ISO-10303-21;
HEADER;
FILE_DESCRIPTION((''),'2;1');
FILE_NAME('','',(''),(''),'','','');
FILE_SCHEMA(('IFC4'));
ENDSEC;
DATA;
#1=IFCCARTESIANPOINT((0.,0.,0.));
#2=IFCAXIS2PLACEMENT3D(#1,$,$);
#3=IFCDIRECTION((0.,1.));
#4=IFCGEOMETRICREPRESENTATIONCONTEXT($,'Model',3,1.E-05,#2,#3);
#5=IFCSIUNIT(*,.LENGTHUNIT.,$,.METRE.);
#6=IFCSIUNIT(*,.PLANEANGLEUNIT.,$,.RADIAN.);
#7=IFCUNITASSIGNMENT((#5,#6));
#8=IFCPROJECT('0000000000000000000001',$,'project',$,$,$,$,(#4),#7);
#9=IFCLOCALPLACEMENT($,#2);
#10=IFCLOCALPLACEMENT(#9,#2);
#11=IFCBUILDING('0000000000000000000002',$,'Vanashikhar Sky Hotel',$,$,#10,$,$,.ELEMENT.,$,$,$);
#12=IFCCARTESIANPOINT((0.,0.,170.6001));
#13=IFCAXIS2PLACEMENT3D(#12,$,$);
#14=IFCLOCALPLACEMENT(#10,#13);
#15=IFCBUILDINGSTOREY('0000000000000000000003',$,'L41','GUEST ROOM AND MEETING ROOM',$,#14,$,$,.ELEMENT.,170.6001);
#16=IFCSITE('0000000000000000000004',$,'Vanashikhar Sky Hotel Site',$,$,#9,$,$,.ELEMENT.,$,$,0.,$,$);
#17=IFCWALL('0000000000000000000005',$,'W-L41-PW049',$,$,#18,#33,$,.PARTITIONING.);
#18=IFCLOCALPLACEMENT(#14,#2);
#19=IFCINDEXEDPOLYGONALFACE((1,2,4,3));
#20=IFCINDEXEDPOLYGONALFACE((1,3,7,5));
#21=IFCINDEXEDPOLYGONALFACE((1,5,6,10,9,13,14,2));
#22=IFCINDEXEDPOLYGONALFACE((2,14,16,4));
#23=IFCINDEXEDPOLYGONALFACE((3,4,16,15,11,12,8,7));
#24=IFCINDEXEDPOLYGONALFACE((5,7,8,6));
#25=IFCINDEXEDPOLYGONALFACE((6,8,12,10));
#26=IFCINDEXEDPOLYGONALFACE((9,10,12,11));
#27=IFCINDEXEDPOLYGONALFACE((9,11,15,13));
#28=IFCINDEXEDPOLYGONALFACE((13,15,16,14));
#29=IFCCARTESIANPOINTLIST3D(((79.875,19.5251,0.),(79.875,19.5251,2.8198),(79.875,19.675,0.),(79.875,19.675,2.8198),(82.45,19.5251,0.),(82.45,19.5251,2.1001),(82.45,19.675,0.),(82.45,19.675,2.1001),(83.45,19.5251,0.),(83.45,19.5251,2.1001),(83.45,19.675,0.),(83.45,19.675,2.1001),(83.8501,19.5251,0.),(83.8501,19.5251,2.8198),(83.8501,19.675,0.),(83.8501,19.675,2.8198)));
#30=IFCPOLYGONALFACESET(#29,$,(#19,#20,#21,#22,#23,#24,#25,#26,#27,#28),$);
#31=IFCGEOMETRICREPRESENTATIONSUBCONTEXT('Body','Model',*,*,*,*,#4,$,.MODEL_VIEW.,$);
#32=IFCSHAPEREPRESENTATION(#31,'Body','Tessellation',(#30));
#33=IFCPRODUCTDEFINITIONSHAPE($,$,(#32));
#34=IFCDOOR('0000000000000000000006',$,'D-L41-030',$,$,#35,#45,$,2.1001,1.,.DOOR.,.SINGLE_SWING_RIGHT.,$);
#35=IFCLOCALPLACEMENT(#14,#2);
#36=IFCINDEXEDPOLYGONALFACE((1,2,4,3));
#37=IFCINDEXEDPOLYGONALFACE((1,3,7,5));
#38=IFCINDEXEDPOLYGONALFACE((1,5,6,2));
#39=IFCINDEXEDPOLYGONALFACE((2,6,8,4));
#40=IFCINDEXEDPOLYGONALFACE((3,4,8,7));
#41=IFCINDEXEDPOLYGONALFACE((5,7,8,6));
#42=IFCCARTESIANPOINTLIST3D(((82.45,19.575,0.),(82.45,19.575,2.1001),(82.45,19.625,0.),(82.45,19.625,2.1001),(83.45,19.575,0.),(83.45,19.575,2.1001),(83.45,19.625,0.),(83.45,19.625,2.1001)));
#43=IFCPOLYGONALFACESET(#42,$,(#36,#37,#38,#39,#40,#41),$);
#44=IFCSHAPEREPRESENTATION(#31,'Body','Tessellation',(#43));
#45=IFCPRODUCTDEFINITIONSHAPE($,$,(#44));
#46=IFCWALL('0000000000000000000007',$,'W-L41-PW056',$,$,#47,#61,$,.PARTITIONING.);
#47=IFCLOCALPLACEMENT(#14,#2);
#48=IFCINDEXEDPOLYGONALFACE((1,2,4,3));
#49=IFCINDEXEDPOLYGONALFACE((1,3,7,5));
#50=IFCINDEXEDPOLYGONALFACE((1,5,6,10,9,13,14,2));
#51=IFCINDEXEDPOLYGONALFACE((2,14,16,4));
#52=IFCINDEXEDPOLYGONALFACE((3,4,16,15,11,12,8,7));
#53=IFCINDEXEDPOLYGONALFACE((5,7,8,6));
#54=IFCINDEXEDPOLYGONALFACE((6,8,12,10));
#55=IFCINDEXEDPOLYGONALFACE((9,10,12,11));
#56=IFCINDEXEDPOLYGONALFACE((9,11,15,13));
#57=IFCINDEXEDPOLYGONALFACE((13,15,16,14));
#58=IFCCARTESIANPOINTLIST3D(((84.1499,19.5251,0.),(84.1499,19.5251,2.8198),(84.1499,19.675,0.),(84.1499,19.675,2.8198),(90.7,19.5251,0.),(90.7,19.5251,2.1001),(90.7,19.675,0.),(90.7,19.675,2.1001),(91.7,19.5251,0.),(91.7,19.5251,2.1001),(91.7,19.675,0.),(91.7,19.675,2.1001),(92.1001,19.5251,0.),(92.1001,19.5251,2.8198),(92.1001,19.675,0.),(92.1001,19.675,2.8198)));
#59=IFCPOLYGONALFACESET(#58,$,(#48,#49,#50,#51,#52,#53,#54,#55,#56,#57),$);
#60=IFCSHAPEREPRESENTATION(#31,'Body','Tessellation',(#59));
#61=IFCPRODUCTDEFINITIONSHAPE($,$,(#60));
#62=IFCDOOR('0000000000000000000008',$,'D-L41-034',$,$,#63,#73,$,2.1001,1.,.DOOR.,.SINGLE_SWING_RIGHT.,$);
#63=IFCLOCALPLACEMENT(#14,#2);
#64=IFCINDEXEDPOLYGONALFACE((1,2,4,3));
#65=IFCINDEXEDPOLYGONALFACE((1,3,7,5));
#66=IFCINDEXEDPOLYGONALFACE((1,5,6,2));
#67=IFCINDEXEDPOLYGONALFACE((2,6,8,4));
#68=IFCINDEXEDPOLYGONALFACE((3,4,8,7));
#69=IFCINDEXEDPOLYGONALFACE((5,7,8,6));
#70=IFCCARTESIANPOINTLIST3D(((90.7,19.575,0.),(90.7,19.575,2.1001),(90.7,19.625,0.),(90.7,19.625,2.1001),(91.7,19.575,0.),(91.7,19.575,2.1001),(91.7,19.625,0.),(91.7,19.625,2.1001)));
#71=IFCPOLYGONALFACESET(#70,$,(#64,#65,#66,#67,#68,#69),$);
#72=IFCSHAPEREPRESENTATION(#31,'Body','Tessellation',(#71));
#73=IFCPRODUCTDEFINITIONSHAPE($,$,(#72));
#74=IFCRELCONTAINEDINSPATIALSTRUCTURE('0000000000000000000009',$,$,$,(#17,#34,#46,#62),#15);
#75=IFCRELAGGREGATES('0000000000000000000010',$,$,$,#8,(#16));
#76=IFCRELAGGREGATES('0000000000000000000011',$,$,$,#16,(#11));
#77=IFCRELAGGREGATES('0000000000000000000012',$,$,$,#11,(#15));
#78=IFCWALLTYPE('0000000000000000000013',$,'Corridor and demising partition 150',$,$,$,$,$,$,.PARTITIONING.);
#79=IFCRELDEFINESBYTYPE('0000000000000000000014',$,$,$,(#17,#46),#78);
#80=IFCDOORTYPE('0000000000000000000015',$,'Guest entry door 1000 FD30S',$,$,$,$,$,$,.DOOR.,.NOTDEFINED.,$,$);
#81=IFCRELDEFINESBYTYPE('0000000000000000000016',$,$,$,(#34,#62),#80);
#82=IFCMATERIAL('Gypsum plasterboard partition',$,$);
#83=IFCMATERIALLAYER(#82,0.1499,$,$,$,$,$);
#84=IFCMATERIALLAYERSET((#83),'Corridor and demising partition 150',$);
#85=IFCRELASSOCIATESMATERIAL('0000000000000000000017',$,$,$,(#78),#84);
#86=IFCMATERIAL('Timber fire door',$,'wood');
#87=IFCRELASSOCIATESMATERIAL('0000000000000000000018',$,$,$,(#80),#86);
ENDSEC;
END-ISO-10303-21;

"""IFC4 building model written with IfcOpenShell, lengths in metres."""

from ifc_helpers import new_model, si_unit, direction, frame, frame_2d, origin, place, context, subcontext, project, spatial, rectangle, extrude, source, transform, mapped, material, layer, layer_set, type_object, element, fill, save


model = new_model("IFC4")

# Units and contexts
model_context = context("Model", 3, precision=1e-05, world=origin(), true_north=direction((0.0, 1.0)))
body_context = subcontext(model_context, "Body", "Model", "MODEL_VIEW")
ifc_project = project(units=[si_unit("LENGTHUNIT", "METRE"), si_unit("PLANEANGLEUNIT", "RADIAN")], contexts=[model_context])

# Site, building, storey
site_placement = place(None, origin())
site = spatial("IfcSite", under=ifc_project, at=site_placement, Name="Vanashikhar Sky Hotel Site", CompositionType="ELEMENT", RefElevation=0.0)
building_placement = place(site_placement, origin())
building = spatial("IfcBuilding", under=site, at=building_placement, Name="Vanashikhar Sky Hotel", CompositionType="ELEMENT")
storey_placement = place(building_placement, frame((0.0, 0.0, 170.6001)))
storey = spatial("IfcBuildingStorey", under=building, at=storey_placement, Name="L41", Description="GUEST ROOM AND MEETING ROOM", CompositionType="ELEMENT", Elevation=170.6001)

# Shared definitions
ifc_material_1 = material(Name="Gypsum plasterboard partition")

# Walls, openings, doors
ifc_layer_1 = layer(ifc_material_1, 0.1499)
ifc_layer_set_1 = layer_set([ifc_layer_1], Name="Corridor and demising partition 150")
wall_type_1 = type_object("IfcWallType", Name="Corridor and demising partition 150", PredefinedType="PARTITIONING", material=ifc_layer_set_1)
shared_shape_1 = source(origin(), body_context, "Body", "SweptSolid", [
    extrude(rectangle(XDim=3.9751, YDim=0.1499, at=frame_2d((1.9875, 0.0))), origin(), (0.0, 0.0, 1.0), 2.8198),
])
wall_1_placement = place(storey_placement, frame((79.875, 19.6001, 0.0), z_axis=(0.0, 0.0, 1.0), x_axis=(1.0, 0.0, 0.0)))
wall_1 = element("IfcWall", 1, at=wall_1_placement, inside=storey, type_object=wall_type_1, Name="W-L41-PW049", PredefinedType="PARTITIONING", context=body_context, shape_type="MappedRepresentation", body=[
    mapped(shared_shape_1, transform((0.0, 0.0, 0.0), scale=1.0)),
])
shared_shape_2 = source(origin(), body_context, "Body", "SweptSolid", [
    extrude(rectangle(XDim=1.0, YDim=2.1001, at=frame_2d((0.5, 1.05))), frame((0.0, 0.085, 0.0), z_axis=(0.0, -1.0, 0.0), x_axis=(1.0, 0.0, 0.0)), (0.0, 0.0, 1.0), 0.1699),
])
opening_1_placement = place(wall_1_placement, frame((2.575, 0.0, 0.0)))
opening_1 = element("IfcOpeningElement", 2, at=opening_1_placement, cuts=wall_1, PredefinedType="OPENING", context=body_context, shape_type="MappedRepresentation", body=[
    mapped(shared_shape_2, transform((0.0, 0.0, 0.0), scale=1.0)),
])
ifc_material_2 = material(Name="Timber fire door", Category="wood")
door_type_1 = type_object("IfcDoorType", Name="Guest entry door 1000 FD30S", OperationType="NOTDEFINED", PredefinedType="DOOR", material=ifc_material_2)
shared_shape_3 = source(origin(), body_context, "Body", "SweptSolid", [
    extrude(rectangle(XDim=1.0, YDim=2.1001, at=frame_2d((0.5, 1.05))), frame((0.0, 0.0249, 0.0), z_axis=(0.0, -1.0, 0.0), x_axis=(1.0, 0.0, 0.0)), (0.0, 0.0, 1.0), 0.05),
])
door_1_placement = place(opening_1_placement, origin())
door_1 = element("IfcDoor", 3, at=door_1_placement, inside=storey, type_object=door_type_1, Name="D-L41-030", OperationType="SINGLE_SWING_RIGHT", OverallHeight=2.1001, OverallWidth=1.0, PredefinedType="DOOR", context=body_context, shape_type="MappedRepresentation", body=[
    mapped(shared_shape_3, transform((0.0, 0.0, 0.0), scale=1.0)),
])
fill(opening_1, door_1)
shared_shape_4 = source(origin(), body_context, "Body", "SweptSolid", [
    extrude(rectangle(XDim=7.9502, YDim=0.1499, at=frame_2d((3.9751, 0.0))), origin(), (0.0, 0.0, 1.0), 2.8198),
])
wall_2_placement = place(storey_placement, frame((84.1499, 19.6001, 0.0), z_axis=(0.0, 0.0, 1.0), x_axis=(1.0, 0.0, 0.0)))
wall_2 = element("IfcWall", 4, at=wall_2_placement, inside=storey, type_object=wall_type_1, Name="W-L41-PW056", PredefinedType="PARTITIONING", context=body_context, shape_type="MappedRepresentation", body=[
    mapped(shared_shape_4, transform((0.0, 0.0, 0.0), scale=1.0)),
])
opening_2_placement = place(wall_2_placement, frame((6.55, 0.0, 0.0)))
opening_2 = element("IfcOpeningElement", 5, at=opening_2_placement, cuts=wall_2, PredefinedType="OPENING", context=body_context, shape_type="MappedRepresentation", body=[
    mapped(shared_shape_2, transform((0.0, 0.0, 0.0), scale=1.0)),
])
door_2_placement = place(opening_2_placement, origin())
door_2 = element("IfcDoor", 6, at=door_2_placement, inside=storey, type_object=door_type_1, Name="D-L41-034", OperationType="SINGLE_SWING_RIGHT", OverallHeight=2.1001, OverallWidth=1.0, PredefinedType="DOOR", context=body_context, shape_type="MappedRepresentation", body=[
    mapped(shared_shape_3, transform((0.0, 0.0, 0.0), scale=1.0)),
])
fill(opening_2, door_2)

save(model, "model.ifc")
